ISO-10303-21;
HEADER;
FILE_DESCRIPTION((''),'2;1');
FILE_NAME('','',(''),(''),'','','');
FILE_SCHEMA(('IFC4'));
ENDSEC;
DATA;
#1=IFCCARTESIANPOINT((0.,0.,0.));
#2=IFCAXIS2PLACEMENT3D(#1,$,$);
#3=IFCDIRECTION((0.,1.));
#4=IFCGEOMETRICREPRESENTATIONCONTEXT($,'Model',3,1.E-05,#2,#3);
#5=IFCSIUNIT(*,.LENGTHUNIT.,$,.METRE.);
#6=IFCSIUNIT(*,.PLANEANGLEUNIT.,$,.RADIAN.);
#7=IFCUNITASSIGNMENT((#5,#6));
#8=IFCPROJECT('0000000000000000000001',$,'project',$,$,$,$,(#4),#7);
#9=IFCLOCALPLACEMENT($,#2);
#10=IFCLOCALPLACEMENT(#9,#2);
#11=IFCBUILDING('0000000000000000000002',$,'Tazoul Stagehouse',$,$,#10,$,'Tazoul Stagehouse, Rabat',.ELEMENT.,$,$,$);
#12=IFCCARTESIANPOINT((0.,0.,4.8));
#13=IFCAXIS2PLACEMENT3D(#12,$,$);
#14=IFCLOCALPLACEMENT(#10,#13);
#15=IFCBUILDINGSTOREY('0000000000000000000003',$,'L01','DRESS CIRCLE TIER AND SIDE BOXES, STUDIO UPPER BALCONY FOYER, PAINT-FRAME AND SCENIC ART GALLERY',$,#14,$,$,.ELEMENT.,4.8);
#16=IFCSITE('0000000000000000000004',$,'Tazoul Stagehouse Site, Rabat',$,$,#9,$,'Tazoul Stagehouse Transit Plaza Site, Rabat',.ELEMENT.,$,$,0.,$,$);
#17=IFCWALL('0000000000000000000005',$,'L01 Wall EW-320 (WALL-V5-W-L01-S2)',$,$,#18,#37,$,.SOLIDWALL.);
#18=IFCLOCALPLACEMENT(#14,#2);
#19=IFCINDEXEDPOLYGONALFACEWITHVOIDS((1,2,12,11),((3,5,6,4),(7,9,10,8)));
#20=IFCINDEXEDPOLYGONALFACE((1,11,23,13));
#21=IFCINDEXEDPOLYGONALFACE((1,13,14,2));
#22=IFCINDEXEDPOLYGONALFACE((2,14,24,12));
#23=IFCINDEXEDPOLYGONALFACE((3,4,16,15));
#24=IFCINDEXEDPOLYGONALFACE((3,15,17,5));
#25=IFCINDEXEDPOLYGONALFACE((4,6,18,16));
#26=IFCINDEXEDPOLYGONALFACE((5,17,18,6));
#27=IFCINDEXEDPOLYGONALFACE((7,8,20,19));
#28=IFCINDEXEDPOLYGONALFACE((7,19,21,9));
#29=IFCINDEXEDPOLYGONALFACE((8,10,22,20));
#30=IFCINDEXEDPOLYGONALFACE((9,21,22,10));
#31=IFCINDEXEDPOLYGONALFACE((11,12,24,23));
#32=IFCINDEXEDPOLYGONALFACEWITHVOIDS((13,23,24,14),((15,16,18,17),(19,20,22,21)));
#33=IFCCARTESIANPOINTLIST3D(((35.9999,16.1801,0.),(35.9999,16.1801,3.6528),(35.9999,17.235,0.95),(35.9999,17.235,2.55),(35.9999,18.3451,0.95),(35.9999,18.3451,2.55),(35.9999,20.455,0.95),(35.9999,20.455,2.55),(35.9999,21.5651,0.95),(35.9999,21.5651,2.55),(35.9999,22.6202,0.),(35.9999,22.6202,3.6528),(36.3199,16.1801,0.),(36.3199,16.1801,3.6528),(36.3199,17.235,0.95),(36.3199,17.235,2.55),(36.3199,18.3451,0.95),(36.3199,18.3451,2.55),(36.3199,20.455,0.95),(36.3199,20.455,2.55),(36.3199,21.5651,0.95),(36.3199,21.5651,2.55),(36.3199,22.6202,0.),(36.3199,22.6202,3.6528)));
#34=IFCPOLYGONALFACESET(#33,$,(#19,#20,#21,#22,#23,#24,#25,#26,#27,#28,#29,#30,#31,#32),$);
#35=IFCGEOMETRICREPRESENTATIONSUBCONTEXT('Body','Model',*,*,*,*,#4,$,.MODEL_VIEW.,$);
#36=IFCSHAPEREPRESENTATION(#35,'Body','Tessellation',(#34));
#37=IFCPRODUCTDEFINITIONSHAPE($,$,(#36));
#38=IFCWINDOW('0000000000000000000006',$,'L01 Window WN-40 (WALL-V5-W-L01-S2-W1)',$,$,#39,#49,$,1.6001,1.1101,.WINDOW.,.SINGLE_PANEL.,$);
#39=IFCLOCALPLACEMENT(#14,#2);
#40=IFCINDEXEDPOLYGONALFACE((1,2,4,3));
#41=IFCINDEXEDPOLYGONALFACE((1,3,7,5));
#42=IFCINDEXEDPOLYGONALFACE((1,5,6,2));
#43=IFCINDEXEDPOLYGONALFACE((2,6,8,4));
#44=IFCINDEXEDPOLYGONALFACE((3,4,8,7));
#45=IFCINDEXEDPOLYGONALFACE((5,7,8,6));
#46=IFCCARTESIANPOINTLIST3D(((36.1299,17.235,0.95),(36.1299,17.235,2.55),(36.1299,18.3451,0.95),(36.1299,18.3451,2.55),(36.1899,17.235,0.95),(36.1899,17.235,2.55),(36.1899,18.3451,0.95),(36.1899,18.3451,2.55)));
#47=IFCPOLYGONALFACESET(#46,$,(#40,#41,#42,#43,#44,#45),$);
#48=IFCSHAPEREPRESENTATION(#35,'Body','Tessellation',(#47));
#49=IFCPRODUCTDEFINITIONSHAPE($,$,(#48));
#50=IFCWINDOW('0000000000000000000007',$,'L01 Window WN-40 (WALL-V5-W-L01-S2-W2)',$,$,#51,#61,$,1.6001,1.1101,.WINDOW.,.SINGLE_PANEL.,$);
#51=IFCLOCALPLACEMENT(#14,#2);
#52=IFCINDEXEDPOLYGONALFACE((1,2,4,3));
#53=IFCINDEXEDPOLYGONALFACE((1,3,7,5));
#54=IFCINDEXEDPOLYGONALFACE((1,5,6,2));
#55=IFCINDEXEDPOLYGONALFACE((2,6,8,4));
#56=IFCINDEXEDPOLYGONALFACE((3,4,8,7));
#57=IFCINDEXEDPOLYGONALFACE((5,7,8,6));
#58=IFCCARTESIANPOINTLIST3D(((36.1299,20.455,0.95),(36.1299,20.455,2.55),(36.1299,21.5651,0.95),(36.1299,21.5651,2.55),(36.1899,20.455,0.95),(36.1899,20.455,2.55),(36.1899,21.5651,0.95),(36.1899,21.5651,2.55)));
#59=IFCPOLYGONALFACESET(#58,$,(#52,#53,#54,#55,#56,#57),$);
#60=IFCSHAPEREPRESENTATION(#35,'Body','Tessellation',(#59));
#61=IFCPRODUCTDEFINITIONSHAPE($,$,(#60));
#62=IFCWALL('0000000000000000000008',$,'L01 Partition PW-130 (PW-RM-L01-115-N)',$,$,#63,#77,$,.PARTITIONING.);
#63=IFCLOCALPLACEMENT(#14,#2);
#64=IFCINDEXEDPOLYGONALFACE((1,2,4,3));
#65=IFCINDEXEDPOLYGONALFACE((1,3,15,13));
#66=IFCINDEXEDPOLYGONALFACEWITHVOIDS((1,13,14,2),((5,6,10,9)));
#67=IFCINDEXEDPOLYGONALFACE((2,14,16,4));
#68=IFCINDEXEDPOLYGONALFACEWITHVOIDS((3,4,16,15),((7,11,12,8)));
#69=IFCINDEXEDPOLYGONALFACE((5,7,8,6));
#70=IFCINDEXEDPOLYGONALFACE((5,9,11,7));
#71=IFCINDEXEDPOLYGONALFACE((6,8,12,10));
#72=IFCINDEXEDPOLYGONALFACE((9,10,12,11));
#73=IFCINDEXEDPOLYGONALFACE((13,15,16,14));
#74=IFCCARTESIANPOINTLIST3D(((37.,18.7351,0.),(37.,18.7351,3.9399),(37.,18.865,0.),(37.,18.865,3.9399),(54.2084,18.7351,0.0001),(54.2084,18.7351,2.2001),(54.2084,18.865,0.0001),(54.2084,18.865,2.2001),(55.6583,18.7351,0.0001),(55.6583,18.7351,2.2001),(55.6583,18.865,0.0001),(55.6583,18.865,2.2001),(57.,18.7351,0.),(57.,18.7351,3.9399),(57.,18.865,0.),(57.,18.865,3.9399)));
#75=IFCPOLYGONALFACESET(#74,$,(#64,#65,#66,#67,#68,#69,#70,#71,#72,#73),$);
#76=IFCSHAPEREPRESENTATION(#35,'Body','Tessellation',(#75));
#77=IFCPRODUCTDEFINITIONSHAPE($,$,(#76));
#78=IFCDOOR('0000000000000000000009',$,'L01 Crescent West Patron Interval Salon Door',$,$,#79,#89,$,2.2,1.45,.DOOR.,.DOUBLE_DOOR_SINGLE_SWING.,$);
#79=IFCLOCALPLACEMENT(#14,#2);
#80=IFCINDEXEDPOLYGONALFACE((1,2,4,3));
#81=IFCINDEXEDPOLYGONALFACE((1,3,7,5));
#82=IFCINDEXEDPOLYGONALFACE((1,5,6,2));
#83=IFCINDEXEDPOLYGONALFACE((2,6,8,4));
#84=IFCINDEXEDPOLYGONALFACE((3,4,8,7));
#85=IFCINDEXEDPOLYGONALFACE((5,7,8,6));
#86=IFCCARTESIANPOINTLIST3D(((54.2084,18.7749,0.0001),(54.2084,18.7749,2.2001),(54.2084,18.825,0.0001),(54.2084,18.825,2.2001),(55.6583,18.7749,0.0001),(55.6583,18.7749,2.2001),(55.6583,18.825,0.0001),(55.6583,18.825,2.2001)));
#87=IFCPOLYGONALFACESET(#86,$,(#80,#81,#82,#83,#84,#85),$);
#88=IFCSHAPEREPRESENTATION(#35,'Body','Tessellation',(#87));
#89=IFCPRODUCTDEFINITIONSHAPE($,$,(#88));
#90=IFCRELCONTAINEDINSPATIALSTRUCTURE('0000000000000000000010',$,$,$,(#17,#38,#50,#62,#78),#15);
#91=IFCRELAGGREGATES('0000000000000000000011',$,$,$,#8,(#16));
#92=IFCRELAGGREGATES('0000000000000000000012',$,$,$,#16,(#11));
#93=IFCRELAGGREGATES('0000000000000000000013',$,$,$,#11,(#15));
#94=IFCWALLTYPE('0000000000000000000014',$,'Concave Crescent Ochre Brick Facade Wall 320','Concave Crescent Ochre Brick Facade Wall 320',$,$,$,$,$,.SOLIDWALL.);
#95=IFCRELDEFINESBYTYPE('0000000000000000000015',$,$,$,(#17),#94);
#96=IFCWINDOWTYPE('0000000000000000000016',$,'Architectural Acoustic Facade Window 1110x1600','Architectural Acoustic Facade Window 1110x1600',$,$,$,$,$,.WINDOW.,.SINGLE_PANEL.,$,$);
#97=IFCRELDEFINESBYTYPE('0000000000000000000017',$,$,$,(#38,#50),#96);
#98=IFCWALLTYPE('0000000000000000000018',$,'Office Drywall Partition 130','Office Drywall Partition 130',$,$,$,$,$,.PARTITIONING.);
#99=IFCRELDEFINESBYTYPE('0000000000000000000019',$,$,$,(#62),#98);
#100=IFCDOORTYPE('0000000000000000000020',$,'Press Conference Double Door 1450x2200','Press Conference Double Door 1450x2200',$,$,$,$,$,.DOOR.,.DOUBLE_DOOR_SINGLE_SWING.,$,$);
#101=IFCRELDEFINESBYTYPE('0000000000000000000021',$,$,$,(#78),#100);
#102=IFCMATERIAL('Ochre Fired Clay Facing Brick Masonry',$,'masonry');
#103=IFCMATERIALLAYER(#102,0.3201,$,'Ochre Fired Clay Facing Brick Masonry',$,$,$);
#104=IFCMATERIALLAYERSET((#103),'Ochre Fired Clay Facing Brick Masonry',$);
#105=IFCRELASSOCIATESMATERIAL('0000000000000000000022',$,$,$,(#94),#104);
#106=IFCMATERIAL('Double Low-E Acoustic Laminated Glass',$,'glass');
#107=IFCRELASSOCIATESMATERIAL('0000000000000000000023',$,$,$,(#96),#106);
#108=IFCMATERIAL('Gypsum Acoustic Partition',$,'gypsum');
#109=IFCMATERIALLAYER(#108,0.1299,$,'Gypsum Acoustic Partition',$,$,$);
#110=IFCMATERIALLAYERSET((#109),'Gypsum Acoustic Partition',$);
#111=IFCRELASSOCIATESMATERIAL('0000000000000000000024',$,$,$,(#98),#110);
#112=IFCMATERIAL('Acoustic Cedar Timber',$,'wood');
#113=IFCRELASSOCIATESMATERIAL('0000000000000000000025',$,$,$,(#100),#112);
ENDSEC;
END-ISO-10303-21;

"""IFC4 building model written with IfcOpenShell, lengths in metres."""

from ifc_helpers import new_model, si_unit, direction, frame, frame_2d, origin, place, context, subcontext, project, spatial, rectangle, extrude, material, layer, layer_set, type_object, element, fill, save


model = new_model("IFC4")

# Units and contexts
model_context = context("Model", 3, precision=1e-05, world=origin(), true_north=direction((0.0, 1.0)))
body_context = subcontext(model_context, "Body", "Model", "MODEL_VIEW")
ifc_project = project(units=[si_unit("LENGTHUNIT", "METRE"), si_unit("PLANEANGLEUNIT", "RADIAN")], contexts=[model_context])

# Site, building, storey
site_placement = place(None, origin())
site = spatial("IfcSite", under=ifc_project, at=site_placement, Name="Tazoul Stagehouse Site, Rabat", LongName="Tazoul Stagehouse Transit Plaza Site, Rabat", CompositionType="ELEMENT", RefElevation=0.0)
building_placement = place(site_placement, origin())
building = spatial("IfcBuilding", under=site, at=building_placement, Name="Tazoul Stagehouse", LongName="Tazoul Stagehouse, Rabat", CompositionType="ELEMENT")
storey_placement = place(building_placement, frame((0.0, 0.0, 4.8)))
storey = spatial("IfcBuildingStorey", under=building, at=storey_placement, Name="L01", Description="DRESS CIRCLE TIER AND SIDE BOXES, STUDIO UPPER BALCONY FOYER, PAINT-FRAME AND SCENIC ART GALLERY", CompositionType="ELEMENT", Elevation=4.8)

# Shared definitions
ifc_material_1 = material(Name="Ochre Fired Clay Facing Brick Masonry", Category="masonry")
ifc_layer_1 = layer(ifc_material_1, 0.3201, Name="Ochre Fired Clay Facing Brick Masonry")
ifc_layer_set_1 = layer_set([ifc_layer_1], Name="Ochre Fired Clay Facing Brick Masonry")
wall_type_1 = type_object("IfcWallType", Name="Concave Crescent Ochre Brick Facade Wall 320", Description="Concave Crescent Ochre Brick Facade Wall 320", PredefinedType="SOLIDWALL", material=ifc_layer_set_1)

# Wall, openings, windows
wall_1_placement = place(storey_placement, frame((36.1599, 16.1799, 0.0), z_axis=(0.0, 0.0, 1.0), x_axis=(0.0, 1.0, 0.0)))
wall_1 = element("IfcWall", 1, at=wall_1_placement, inside=storey, type_object=wall_type_1, Name="L01 Wall EW-320 (WALL-V5-W-L01-S2)", PredefinedType="SOLIDWALL", context=body_context, shape_type="SweptSolid", body=[
    extrude(rectangle(XDim=6.4402, YDim=0.3201, at=frame_2d((3.2202, 0.0))), origin(), (0.0, 0.0, 1.0), 3.6528),
])
opening_1_placement = place(wall_1_placement, frame((1.0549, 0.0, 0.95)))
opening_1 = element("IfcOpeningElement", 2, at=opening_1_placement, cuts=wall_1, PredefinedType="OPENING", context=body_context, shape_type="SweptSolid", body=[
    extrude(rectangle(XDim=1.1101, YDim=1.6001, at=frame_2d((0.5552, 0.8))), frame((0.0, 0.1799, 0.0), z_axis=(0.0, -1.0, 0.0), x_axis=(1.0, 0.0, 0.0)), (0.0, 0.0, 1.0), 0.3601),
])
opening_2_placement = place(wall_1_placement, frame((4.2749, 0.0, 0.95)))
opening_2 = element("IfcOpeningElement", 3, at=opening_2_placement, cuts=wall_1, PredefinedType="OPENING", context=body_context, shape_type="SweptSolid", body=[
    extrude(rectangle(XDim=1.1101, YDim=1.6001, at=frame_2d((0.5552, 0.8))), frame((0.0, 0.1799, 0.0), z_axis=(0.0, -1.0, 0.0), x_axis=(1.0, 0.0, 0.0)), (0.0, 0.0, 1.0), 0.3601),
])
ifc_material_2 = material(Name="Double Low-E Acoustic Laminated Glass", Category="glass")
window_type = type_object("IfcWindowType", Name="Architectural Acoustic Facade Window 1110x1600", Description="Architectural Acoustic Facade Window 1110x1600", PartitioningType="SINGLE_PANEL", PredefinedType="WINDOW", material=ifc_material_2)
window_1_placement = place(opening_1_placement, origin())
window_1 = element("IfcWindow", 4, at=window_1_placement, inside=storey, type_object=window_type, Name="L01 Window WN-40 (WALL-V5-W-L01-S2-W1)", OverallHeight=1.6001, OverallWidth=1.1101, PartitioningType="SINGLE_PANEL", PredefinedType="WINDOW", context=body_context, shape_type="SweptSolid", body=[
    extrude(rectangle(XDim=1.1101, YDim=1.6001, at=frame_2d((0.5552, 0.8))), frame((0.0, 0.03, 0.0), z_axis=(0.0, -1.0, 0.0), x_axis=(1.0, 0.0, 0.0)), (0.0, 0.0, 1.0), 0.0601),
])
fill(opening_1, window_1)
window_2_placement = place(opening_2_placement, origin())
window_2 = element("IfcWindow", 5, at=window_2_placement, inside=storey, type_object=window_type, Name="L01 Window WN-40 (WALL-V5-W-L01-S2-W2)", OverallHeight=1.6001, OverallWidth=1.1101, PartitioningType="SINGLE_PANEL", PredefinedType="WINDOW", context=body_context, shape_type="SweptSolid", body=[
    extrude(rectangle(XDim=1.1101, YDim=1.6001, at=frame_2d((0.5552, 0.8))), frame((0.0, 0.03, 0.0), z_axis=(0.0, -1.0, 0.0), x_axis=(1.0, 0.0, 0.0)), (0.0, 0.0, 1.0), 0.0601),
])
fill(opening_2, window_2)

# Wall, opening, door
ifc_material_3 = material(Name="Gypsum Acoustic Partition", Category="gypsum")
ifc_layer_2 = layer(ifc_material_3, 0.1299, Name="Gypsum Acoustic Partition")
ifc_layer_set_2 = layer_set([ifc_layer_2], Name="Gypsum Acoustic Partition")
wall_type_2 = type_object("IfcWallType", Name="Office Drywall Partition 130", Description="Office Drywall Partition 130", PredefinedType="PARTITIONING", material=ifc_layer_set_2)
wall_2_placement = place(storey_placement, frame((37.0, 18.8, 0.0), z_axis=(0.0, 0.0, 1.0), x_axis=(1.0, 0.0, 0.0)))
wall_2 = element("IfcWall", 6, at=wall_2_placement, inside=storey, type_object=wall_type_2, Name="L01 Partition PW-130 (PW-RM-L01-115-N)", PredefinedType="PARTITIONING", context=body_context, shape_type="SweptSolid", body=[
    extrude(rectangle(XDim=20.0, YDim=0.1299, at=frame_2d((10.0, 0.0))), origin(), (0.0, 0.0, 1.0), 3.9399),
])
opening_3_placement = place(wall_2_placement, frame((17.2083, 0.0, 0.0)))
opening_3 = element("IfcOpeningElement", 7, at=opening_3_placement, cuts=wall_2, PredefinedType="OPENING", context=body_context, shape_type="SweptSolid", body=[
    extrude(rectangle(XDim=1.45, YDim=2.2, at=frame_2d((0.7251, 1.1001))), frame((0.0, 0.085, 0.0), z_axis=(0.0, -1.0, 0.0), x_axis=(1.0, 0.0, 0.0)), (0.0, 0.0, 1.0), 0.1699),
])
ifc_material_4 = material(Name="Acoustic Cedar Timber", Category="wood")
door_type = type_object("IfcDoorType", Name="Press Conference Double Door 1450x2200", Description="Press Conference Double Door 1450x2200", OperationType="DOUBLE_DOOR_SINGLE_SWING", PredefinedType="DOOR", material=ifc_material_4)
door_placement = place(opening_3_placement, origin())
door = element("IfcDoor", 8, at=door_placement, inside=storey, type_object=door_type, Name="L01 Crescent West Patron Interval Salon Door", OperationType="DOUBLE_DOOR_SINGLE_SWING", OverallHeight=2.2, OverallWidth=1.45, PredefinedType="DOOR", context=body_context, shape_type="SweptSolid", body=[
    extrude(rectangle(XDim=1.45, YDim=2.2, at=frame_2d((0.7251, 1.1001))), frame((0.0, 0.0249, 0.0), z_axis=(0.0, -1.0, 0.0), x_axis=(1.0, 0.0, 0.0)), (0.0, 0.0, 1.0), 0.05),
])
fill(opening_3, door)

save(model, "model.ifc")
